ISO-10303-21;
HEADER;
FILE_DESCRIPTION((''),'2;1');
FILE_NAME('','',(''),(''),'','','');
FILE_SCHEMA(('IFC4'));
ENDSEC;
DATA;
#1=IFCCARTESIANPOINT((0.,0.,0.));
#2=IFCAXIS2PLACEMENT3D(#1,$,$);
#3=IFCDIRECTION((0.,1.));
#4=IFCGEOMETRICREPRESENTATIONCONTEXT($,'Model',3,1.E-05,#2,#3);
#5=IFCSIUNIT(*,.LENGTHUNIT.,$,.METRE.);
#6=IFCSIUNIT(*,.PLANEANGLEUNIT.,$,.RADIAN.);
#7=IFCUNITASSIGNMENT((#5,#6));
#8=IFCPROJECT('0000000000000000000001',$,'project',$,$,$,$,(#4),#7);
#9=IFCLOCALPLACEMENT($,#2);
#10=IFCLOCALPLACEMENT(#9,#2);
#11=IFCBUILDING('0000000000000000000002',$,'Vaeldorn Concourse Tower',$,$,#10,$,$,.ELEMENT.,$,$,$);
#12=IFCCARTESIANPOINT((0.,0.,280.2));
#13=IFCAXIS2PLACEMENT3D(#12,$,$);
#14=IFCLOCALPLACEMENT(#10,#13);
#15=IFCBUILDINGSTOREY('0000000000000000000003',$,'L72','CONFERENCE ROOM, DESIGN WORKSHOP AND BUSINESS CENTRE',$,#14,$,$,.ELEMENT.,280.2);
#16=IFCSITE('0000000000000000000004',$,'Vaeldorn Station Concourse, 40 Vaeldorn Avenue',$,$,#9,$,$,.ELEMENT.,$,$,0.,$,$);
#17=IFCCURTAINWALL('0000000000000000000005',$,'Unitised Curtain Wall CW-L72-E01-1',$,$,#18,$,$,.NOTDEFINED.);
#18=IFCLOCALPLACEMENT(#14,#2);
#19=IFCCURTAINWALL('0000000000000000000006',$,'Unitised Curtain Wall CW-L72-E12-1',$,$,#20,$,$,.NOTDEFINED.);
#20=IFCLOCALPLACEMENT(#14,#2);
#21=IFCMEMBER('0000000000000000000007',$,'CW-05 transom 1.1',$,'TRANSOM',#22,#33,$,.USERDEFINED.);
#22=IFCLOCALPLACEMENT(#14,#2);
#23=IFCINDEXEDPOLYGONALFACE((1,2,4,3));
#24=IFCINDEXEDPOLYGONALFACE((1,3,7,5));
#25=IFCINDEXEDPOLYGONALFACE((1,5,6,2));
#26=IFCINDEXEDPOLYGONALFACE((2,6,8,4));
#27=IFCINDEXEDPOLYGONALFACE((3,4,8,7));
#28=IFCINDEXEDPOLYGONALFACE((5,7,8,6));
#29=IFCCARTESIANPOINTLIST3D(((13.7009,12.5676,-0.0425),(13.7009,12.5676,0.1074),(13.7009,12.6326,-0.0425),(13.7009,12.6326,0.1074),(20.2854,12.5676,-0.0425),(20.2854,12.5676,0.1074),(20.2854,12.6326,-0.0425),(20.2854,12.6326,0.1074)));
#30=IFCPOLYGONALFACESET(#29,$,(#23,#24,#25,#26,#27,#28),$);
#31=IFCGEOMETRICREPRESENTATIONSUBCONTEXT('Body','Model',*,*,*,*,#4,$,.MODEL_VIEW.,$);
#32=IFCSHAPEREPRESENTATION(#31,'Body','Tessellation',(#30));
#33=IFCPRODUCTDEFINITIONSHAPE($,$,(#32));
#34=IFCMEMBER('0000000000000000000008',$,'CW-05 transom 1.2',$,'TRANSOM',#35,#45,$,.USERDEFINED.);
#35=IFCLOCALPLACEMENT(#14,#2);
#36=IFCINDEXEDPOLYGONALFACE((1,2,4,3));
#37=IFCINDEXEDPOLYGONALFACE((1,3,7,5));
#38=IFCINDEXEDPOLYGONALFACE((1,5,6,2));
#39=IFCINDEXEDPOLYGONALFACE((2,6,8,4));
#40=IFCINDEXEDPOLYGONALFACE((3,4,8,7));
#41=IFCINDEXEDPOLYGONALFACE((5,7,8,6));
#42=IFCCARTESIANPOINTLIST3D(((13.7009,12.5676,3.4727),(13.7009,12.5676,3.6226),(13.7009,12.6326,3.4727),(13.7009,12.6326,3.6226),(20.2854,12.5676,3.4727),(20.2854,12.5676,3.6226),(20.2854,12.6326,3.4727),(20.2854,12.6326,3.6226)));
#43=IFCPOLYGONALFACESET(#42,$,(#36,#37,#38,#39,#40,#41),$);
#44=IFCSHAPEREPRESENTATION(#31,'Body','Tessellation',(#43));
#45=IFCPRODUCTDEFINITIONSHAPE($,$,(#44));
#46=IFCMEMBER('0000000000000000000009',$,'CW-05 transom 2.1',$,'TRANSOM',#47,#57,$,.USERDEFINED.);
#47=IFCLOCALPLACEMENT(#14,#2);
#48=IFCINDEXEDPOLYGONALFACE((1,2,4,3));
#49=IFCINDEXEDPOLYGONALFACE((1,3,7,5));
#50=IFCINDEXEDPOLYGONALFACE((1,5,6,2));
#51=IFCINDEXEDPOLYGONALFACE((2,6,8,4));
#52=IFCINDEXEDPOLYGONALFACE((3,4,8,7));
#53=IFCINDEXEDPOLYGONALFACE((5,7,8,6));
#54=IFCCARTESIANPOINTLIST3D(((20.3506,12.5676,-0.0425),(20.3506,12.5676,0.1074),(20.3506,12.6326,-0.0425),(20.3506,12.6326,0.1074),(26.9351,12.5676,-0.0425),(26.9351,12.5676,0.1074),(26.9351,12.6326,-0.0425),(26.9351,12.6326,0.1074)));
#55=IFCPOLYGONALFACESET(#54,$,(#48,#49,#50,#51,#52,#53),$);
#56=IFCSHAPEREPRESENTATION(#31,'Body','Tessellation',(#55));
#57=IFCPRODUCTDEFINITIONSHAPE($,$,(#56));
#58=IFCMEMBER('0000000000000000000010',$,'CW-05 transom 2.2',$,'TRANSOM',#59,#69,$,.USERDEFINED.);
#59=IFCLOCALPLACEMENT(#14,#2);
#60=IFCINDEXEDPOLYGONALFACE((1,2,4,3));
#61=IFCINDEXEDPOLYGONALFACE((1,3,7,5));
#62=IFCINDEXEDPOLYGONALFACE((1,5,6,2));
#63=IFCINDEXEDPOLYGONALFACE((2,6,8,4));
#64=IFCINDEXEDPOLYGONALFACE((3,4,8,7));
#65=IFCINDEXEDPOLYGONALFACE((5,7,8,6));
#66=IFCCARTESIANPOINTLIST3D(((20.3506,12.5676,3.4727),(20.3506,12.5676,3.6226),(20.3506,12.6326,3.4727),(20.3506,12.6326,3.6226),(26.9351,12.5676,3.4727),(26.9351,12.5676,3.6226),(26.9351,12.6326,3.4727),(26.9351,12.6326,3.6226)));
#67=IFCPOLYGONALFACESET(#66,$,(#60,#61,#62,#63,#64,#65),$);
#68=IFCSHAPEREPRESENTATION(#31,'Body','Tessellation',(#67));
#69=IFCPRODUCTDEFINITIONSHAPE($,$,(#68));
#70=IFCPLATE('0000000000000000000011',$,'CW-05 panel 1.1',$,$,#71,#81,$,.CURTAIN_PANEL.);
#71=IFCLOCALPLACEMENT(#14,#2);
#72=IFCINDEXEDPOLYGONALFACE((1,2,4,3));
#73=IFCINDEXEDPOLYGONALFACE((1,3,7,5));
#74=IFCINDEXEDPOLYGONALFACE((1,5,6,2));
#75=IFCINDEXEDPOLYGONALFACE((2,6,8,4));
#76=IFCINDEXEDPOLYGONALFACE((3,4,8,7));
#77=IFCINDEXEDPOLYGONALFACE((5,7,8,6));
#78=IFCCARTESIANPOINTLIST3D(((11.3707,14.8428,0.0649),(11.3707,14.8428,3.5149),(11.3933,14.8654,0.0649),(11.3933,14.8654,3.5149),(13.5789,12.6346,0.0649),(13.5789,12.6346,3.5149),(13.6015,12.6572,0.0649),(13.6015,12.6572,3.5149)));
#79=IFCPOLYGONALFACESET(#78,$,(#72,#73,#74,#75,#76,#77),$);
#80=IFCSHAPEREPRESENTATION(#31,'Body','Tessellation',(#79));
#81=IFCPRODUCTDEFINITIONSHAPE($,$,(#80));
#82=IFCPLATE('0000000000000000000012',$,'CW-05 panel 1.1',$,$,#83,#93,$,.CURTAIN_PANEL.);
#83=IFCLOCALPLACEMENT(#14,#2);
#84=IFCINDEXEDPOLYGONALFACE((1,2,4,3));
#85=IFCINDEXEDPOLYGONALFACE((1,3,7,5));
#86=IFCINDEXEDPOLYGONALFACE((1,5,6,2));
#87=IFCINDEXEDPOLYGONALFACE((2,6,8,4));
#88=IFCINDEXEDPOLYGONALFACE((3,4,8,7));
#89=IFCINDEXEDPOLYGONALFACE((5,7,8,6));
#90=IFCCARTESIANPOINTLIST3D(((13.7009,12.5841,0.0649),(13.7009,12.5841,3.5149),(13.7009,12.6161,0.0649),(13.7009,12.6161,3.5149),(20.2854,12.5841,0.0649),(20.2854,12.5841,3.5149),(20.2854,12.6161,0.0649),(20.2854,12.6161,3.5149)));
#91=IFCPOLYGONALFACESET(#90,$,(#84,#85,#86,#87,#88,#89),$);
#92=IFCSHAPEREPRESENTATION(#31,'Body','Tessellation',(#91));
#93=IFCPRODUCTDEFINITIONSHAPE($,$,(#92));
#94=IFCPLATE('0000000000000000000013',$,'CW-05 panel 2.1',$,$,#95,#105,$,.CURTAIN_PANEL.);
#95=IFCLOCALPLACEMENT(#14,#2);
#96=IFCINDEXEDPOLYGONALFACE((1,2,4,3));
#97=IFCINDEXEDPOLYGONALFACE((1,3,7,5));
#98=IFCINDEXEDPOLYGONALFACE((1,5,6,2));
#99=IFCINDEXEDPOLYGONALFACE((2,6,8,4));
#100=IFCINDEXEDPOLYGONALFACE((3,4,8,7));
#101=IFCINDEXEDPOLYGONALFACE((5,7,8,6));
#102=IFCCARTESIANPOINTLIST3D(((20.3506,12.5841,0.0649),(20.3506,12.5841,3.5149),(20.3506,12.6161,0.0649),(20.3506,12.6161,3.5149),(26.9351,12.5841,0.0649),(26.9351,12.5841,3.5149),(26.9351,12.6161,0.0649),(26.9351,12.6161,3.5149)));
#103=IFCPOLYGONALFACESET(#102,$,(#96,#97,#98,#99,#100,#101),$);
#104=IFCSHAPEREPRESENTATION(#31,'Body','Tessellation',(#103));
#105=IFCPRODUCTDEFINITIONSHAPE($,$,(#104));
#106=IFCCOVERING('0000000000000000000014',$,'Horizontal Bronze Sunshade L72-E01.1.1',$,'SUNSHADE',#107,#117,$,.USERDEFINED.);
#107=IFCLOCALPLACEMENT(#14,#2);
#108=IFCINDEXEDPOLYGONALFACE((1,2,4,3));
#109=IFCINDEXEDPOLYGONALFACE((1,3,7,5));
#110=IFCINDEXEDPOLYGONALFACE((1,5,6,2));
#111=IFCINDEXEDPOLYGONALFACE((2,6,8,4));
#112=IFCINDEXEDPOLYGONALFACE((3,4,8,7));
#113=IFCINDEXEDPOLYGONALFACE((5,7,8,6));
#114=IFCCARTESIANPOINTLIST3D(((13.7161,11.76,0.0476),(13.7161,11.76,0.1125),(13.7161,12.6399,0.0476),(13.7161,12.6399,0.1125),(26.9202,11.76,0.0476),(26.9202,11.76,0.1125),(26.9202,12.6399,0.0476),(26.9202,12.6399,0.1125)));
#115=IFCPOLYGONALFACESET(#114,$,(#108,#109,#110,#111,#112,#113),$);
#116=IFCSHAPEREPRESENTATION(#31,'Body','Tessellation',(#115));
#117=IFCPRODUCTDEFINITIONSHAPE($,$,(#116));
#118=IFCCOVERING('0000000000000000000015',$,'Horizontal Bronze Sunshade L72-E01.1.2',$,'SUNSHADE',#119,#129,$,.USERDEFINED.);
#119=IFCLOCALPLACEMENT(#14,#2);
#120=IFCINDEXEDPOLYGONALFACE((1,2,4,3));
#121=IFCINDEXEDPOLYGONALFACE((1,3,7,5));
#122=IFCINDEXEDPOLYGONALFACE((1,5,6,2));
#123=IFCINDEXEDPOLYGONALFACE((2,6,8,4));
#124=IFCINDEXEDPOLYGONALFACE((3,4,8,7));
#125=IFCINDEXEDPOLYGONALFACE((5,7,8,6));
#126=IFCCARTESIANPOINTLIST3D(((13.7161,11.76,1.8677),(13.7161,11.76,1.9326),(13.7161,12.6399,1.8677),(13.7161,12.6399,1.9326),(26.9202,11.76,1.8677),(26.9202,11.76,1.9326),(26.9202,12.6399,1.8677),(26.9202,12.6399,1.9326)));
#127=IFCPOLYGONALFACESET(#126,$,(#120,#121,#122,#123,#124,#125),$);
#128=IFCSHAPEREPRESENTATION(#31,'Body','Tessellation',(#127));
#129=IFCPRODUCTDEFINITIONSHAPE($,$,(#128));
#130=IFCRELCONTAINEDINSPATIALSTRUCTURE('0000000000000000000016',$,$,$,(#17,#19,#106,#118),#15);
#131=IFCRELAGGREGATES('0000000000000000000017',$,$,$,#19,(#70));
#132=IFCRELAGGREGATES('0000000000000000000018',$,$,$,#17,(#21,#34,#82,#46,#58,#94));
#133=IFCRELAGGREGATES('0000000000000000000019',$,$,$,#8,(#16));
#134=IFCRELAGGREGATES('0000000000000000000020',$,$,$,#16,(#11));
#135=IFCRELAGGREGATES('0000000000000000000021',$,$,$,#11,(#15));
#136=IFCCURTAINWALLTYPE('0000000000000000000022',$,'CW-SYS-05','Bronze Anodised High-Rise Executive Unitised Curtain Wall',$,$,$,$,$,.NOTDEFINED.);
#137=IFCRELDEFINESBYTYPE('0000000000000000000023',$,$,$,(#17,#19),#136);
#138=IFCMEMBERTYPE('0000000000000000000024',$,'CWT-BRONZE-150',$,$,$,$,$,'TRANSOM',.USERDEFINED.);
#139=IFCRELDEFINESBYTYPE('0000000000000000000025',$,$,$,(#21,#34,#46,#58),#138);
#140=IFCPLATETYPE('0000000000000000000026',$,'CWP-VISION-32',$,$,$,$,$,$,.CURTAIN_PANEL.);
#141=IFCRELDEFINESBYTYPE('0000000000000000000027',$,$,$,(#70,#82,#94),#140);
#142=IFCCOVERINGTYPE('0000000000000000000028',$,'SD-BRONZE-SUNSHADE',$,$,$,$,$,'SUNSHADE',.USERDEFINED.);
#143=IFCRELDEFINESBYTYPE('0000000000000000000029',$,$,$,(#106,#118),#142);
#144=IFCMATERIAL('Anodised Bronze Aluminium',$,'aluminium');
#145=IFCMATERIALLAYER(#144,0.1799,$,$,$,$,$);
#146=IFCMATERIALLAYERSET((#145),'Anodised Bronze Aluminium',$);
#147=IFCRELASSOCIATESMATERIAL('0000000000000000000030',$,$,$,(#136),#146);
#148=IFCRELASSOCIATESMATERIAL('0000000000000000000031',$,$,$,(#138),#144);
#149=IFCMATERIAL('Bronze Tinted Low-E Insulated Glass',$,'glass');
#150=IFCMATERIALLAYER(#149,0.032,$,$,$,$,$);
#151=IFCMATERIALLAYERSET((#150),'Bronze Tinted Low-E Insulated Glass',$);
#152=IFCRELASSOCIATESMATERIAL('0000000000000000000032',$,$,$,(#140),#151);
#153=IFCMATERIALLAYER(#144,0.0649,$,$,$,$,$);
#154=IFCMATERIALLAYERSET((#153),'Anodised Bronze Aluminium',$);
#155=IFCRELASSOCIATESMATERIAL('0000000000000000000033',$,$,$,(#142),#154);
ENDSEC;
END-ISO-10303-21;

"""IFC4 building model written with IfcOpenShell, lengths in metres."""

from ifc_helpers import new_model, si_unit, direction, frame, origin, origin_2d, place, context, subcontext, project, spatial, rectangle, extrude, source, transform, mapped, material, layer, layer_set, material_profile, profile_set, type_object, element, aggregate, save


model = new_model("IFC4")

# Units and contexts
model_context = context("Model", 3, precision=1e-05, world=origin(), true_north=direction((0.0, 1.0)))
body_context = subcontext(model_context, "Body", "Model", "MODEL_VIEW")
ifc_project = project(units=[si_unit("LENGTHUNIT", "METRE"), si_unit("PLANEANGLEUNIT", "RADIAN")], contexts=[model_context])

# Site, building, storey
site_placement = place(None, origin())
site = spatial("IfcSite", under=ifc_project, at=site_placement, Name="Vaeldorn Station Concourse, 40 Vaeldorn Avenue", CompositionType="ELEMENT", RefElevation=0.0)
building_placement = place(site_placement, origin())
building = spatial("IfcBuilding", under=site, at=building_placement, Name="Vaeldorn Concourse Tower", CompositionType="ELEMENT")
storey_placement = place(building_placement, frame((0.0, 0.0, 280.2)))
storey = spatial("IfcBuildingStorey", under=building, at=storey_placement, Name="L72", Description="CONFERENCE ROOM, DESIGN WORKSHOP AND BUSINESS CENTRE", CompositionType="ELEMENT", Elevation=280.2)

# Curtain wall
ifc_material_1 = material(Name="Anodised Bronze Aluminium", Category="aluminium")
ifc_layer_1 = layer(ifc_material_1, 0.1799)
ifc_layer_set_1 = layer_set([ifc_layer_1], Name="Anodised Bronze Aluminium")
curtain_wall_type = type_object("IfcCurtainWallType", Name="CW-SYS-05", Description="Bronze Anodised High-Rise Executive Unitised Curtain Wall", PredefinedType="NOTDEFINED", material=ifc_layer_set_1)
ifc_material_profile_1 = material_profile(ifc_material_1, rectangle(XDim=0.0649, YDim=0.1499, at=origin_2d()), Name="CWT 65x150")
ifc_profile_set_1 = profile_set([ifc_material_profile_1], Name="Anodised Bronze Aluminium")
member_type_1 = type_object("IfcMemberType", Name="CWT-BRONZE-150", ElementType="TRANSOM", PredefinedType="USERDEFINED", material=ifc_profile_set_1)
curtain_wall_1_placement = place(storey_placement, origin())
curtain_wall_1 = element("IfcCurtainWall", 1, at=curtain_wall_1_placement, inside=storey, type_object=curtain_wall_type, Name="Unitised Curtain Wall CW-L72-E01-1", PredefinedType="NOTDEFINED")

# Curtain wall
curtain_wall_2_placement = place(storey_placement, origin())
curtain_wall_2 = element("IfcCurtainWall", 2, at=curtain_wall_2_placement, inside=storey, type_object=curtain_wall_type, Name="Unitised Curtain Wall CW-L72-E12-1", PredefinedType="NOTDEFINED")

# Members
shared_shape_1 = source(origin(), body_context, "Body", "SweptSolid", [
    extrude(rectangle(XDim=0.0649, YDim=0.1499, at=origin_2d()), origin(), (0.0, 0.0, 1.0), 6.5845),
])
member_1_placement = place(storey_placement, frame((13.7009, 12.6001, 0.0325), z_axis=(1.0, 0.0, 0.0), x_axis=(0.0, 1.0, 0.0)))
member_1 = element("IfcMember", 3, at=member_1_placement, type_object=member_type_1, Name="CW-05 transom 1.1", ObjectType="TRANSOM", PredefinedType="USERDEFINED", context=body_context, shape_type="MappedRepresentation", body=[
    mapped(shared_shape_1, transform((0.0, 0.0, 0.0), scale=1.0)),
])
member_2_placement = place(storey_placement, frame((13.7009, 12.6001, 3.5476), z_axis=(1.0, 0.0, 0.0), x_axis=(0.0, 1.0, 0.0)))
member_2 = element("IfcMember", 4, at=member_2_placement, type_object=member_type_1, Name="CW-05 transom 1.2", ObjectType="TRANSOM", PredefinedType="USERDEFINED", context=body_context, shape_type="MappedRepresentation", body=[
    mapped(shared_shape_1, transform((0.0, 0.0, 0.0), scale=1.0)),
])
member_3_placement = place(storey_placement, frame((20.3506, 12.6001, 0.0325), z_axis=(1.0, 0.0, 0.0), x_axis=(0.0, 1.0, 0.0)))
member_3 = element("IfcMember", 5, at=member_3_placement, type_object=member_type_1, Name="CW-05 transom 2.1", ObjectType="TRANSOM", PredefinedType="USERDEFINED", context=body_context, shape_type="MappedRepresentation", body=[
    mapped(shared_shape_1, transform((0.0, 0.0, 0.0), scale=1.0)),
])
member_4_placement = place(storey_placement, frame((20.3506, 12.6001, 3.5476), z_axis=(1.0, 0.0, 0.0), x_axis=(0.0, 1.0, 0.0)))
member_4 = element("IfcMember", 6, at=member_4_placement, type_object=member_type_1, Name="CW-05 transom 2.2", ObjectType="TRANSOM", PredefinedType="USERDEFINED", context=body_context, shape_type="MappedRepresentation", body=[
    mapped(shared_shape_1, transform((0.0, 0.0, 0.0), scale=1.0)),
])

# Plates
ifc_material_2 = material(Name="Bronze Tinted Low-E Insulated Glass", Category="glass")
ifc_layer_2 = layer(ifc_material_2, 0.032)
ifc_layer_set_2 = layer_set([ifc_layer_2], Name="Bronze Tinted Low-E Insulated Glass")
plate_type = type_object("IfcPlateType", Name="CWP-VISION-32", PredefinedType="CURTAIN_PANEL", material=ifc_layer_set_2)
shared_shape_2 = source(origin(), body_context, "Body", "SweptSolid", [
    extrude(rectangle(XDim=3.1228, YDim=0.032, at=origin_2d()), origin(), (0.0, 0.0, 1.0), 3.45),
])
plate_1_placement = place(storey_placement, frame((12.4861, 13.75, 0.0649), z_axis=(0.0, 0.0, 1.0), x_axis=(0.707107, -0.707107, 0.0)))
plate_1 = element("IfcPlate", 7, at=plate_1_placement, type_object=plate_type, Name="CW-05 panel 1.1", PredefinedType="CURTAIN_PANEL", context=body_context, shape_type="MappedRepresentation", body=[
    mapped(shared_shape_2, transform((0.0, 0.0, 0.0), scale=1.0)),
])
aggregate(curtain_wall_2, [plate_1])
shared_shape_3 = source(origin(), body_context, "Body", "SweptSolid", [
    extrude(rectangle(XDim=6.5845, YDim=0.032, at=origin_2d()), origin(), (0.0, 0.0, 1.0), 3.45),
])
plate_2_placement = place(storey_placement, frame((16.9932, 12.6001, 0.0649), z_axis=(0.0, 0.0, 1.0), x_axis=(1.0, 0.0, 0.0)))
plate_2 = element("IfcPlate", 8, at=plate_2_placement, type_object=plate_type, Name="CW-05 panel 1.1", PredefinedType="CURTAIN_PANEL", context=body_context, shape_type="MappedRepresentation", body=[
    mapped(shared_shape_3, transform((0.0, 0.0, 0.0), scale=1.0)),
])
plate_3_placement = place(storey_placement, frame((23.6428, 12.6001, 0.0649), z_axis=(0.0, 0.0, 1.0), x_axis=(1.0, 0.0, 0.0)))
plate_3 = element("IfcPlate", 9, at=plate_3_placement, type_object=plate_type, Name="CW-05 panel 2.1", PredefinedType="CURTAIN_PANEL", context=body_context, shape_type="MappedRepresentation", body=[
    mapped(shared_shape_3, transform((0.0, 0.0, 0.0), scale=1.0)),
])
aggregate(curtain_wall_1, [member_1, member_2, plate_2, member_3, member_4, plate_3])

# Coverings
ifc_layer_3 = layer(ifc_material_1, 0.0649)
ifc_layer_set_3 = layer_set([ifc_layer_3], Name="Anodised Bronze Aluminium")
covering_type = type_object("IfcCoveringType", Name="SD-BRONZE-SUNSHADE", ElementType="SUNSHADE", PredefinedType="USERDEFINED", material=ifc_layer_set_3)
shared_shape_4 = source(origin(), body_context, "Body", "SweptSolid", [
    extrude(rectangle(XDim=13.2041, YDim=0.8799, at=origin_2d()), origin(), (0.0, 0.0, 1.0), 0.0649),
])
for number, where, z_axis, x_axis, name in (
    (10, (20.3181, 12.2, 0.0476), (0.0, 0.0, 1.0), (1.0, 0.0, 0.0), "Horizontal Bronze Sunshade L72-E01.1.1"),
    (11, (20.3181, 12.2, 1.8677), (0.0, 0.0, 1.0), (1.0, 0.0, 0.0), "Horizontal Bronze Sunshade L72-E01.1.2"),
):
    element("IfcCovering", number, at=place(storey_placement, frame(where, z_axis=z_axis, x_axis=x_axis)), inside=storey, type_object=covering_type, Name=name, ObjectType="SUNSHADE", PredefinedType="USERDEFINED", context=body_context, shape_type="MappedRepresentation", body=[
        mapped(shared_shape_4, transform((0.0, 0.0, 0.0), scale=1.0)),
    ])

save(model, "model.ifc")
